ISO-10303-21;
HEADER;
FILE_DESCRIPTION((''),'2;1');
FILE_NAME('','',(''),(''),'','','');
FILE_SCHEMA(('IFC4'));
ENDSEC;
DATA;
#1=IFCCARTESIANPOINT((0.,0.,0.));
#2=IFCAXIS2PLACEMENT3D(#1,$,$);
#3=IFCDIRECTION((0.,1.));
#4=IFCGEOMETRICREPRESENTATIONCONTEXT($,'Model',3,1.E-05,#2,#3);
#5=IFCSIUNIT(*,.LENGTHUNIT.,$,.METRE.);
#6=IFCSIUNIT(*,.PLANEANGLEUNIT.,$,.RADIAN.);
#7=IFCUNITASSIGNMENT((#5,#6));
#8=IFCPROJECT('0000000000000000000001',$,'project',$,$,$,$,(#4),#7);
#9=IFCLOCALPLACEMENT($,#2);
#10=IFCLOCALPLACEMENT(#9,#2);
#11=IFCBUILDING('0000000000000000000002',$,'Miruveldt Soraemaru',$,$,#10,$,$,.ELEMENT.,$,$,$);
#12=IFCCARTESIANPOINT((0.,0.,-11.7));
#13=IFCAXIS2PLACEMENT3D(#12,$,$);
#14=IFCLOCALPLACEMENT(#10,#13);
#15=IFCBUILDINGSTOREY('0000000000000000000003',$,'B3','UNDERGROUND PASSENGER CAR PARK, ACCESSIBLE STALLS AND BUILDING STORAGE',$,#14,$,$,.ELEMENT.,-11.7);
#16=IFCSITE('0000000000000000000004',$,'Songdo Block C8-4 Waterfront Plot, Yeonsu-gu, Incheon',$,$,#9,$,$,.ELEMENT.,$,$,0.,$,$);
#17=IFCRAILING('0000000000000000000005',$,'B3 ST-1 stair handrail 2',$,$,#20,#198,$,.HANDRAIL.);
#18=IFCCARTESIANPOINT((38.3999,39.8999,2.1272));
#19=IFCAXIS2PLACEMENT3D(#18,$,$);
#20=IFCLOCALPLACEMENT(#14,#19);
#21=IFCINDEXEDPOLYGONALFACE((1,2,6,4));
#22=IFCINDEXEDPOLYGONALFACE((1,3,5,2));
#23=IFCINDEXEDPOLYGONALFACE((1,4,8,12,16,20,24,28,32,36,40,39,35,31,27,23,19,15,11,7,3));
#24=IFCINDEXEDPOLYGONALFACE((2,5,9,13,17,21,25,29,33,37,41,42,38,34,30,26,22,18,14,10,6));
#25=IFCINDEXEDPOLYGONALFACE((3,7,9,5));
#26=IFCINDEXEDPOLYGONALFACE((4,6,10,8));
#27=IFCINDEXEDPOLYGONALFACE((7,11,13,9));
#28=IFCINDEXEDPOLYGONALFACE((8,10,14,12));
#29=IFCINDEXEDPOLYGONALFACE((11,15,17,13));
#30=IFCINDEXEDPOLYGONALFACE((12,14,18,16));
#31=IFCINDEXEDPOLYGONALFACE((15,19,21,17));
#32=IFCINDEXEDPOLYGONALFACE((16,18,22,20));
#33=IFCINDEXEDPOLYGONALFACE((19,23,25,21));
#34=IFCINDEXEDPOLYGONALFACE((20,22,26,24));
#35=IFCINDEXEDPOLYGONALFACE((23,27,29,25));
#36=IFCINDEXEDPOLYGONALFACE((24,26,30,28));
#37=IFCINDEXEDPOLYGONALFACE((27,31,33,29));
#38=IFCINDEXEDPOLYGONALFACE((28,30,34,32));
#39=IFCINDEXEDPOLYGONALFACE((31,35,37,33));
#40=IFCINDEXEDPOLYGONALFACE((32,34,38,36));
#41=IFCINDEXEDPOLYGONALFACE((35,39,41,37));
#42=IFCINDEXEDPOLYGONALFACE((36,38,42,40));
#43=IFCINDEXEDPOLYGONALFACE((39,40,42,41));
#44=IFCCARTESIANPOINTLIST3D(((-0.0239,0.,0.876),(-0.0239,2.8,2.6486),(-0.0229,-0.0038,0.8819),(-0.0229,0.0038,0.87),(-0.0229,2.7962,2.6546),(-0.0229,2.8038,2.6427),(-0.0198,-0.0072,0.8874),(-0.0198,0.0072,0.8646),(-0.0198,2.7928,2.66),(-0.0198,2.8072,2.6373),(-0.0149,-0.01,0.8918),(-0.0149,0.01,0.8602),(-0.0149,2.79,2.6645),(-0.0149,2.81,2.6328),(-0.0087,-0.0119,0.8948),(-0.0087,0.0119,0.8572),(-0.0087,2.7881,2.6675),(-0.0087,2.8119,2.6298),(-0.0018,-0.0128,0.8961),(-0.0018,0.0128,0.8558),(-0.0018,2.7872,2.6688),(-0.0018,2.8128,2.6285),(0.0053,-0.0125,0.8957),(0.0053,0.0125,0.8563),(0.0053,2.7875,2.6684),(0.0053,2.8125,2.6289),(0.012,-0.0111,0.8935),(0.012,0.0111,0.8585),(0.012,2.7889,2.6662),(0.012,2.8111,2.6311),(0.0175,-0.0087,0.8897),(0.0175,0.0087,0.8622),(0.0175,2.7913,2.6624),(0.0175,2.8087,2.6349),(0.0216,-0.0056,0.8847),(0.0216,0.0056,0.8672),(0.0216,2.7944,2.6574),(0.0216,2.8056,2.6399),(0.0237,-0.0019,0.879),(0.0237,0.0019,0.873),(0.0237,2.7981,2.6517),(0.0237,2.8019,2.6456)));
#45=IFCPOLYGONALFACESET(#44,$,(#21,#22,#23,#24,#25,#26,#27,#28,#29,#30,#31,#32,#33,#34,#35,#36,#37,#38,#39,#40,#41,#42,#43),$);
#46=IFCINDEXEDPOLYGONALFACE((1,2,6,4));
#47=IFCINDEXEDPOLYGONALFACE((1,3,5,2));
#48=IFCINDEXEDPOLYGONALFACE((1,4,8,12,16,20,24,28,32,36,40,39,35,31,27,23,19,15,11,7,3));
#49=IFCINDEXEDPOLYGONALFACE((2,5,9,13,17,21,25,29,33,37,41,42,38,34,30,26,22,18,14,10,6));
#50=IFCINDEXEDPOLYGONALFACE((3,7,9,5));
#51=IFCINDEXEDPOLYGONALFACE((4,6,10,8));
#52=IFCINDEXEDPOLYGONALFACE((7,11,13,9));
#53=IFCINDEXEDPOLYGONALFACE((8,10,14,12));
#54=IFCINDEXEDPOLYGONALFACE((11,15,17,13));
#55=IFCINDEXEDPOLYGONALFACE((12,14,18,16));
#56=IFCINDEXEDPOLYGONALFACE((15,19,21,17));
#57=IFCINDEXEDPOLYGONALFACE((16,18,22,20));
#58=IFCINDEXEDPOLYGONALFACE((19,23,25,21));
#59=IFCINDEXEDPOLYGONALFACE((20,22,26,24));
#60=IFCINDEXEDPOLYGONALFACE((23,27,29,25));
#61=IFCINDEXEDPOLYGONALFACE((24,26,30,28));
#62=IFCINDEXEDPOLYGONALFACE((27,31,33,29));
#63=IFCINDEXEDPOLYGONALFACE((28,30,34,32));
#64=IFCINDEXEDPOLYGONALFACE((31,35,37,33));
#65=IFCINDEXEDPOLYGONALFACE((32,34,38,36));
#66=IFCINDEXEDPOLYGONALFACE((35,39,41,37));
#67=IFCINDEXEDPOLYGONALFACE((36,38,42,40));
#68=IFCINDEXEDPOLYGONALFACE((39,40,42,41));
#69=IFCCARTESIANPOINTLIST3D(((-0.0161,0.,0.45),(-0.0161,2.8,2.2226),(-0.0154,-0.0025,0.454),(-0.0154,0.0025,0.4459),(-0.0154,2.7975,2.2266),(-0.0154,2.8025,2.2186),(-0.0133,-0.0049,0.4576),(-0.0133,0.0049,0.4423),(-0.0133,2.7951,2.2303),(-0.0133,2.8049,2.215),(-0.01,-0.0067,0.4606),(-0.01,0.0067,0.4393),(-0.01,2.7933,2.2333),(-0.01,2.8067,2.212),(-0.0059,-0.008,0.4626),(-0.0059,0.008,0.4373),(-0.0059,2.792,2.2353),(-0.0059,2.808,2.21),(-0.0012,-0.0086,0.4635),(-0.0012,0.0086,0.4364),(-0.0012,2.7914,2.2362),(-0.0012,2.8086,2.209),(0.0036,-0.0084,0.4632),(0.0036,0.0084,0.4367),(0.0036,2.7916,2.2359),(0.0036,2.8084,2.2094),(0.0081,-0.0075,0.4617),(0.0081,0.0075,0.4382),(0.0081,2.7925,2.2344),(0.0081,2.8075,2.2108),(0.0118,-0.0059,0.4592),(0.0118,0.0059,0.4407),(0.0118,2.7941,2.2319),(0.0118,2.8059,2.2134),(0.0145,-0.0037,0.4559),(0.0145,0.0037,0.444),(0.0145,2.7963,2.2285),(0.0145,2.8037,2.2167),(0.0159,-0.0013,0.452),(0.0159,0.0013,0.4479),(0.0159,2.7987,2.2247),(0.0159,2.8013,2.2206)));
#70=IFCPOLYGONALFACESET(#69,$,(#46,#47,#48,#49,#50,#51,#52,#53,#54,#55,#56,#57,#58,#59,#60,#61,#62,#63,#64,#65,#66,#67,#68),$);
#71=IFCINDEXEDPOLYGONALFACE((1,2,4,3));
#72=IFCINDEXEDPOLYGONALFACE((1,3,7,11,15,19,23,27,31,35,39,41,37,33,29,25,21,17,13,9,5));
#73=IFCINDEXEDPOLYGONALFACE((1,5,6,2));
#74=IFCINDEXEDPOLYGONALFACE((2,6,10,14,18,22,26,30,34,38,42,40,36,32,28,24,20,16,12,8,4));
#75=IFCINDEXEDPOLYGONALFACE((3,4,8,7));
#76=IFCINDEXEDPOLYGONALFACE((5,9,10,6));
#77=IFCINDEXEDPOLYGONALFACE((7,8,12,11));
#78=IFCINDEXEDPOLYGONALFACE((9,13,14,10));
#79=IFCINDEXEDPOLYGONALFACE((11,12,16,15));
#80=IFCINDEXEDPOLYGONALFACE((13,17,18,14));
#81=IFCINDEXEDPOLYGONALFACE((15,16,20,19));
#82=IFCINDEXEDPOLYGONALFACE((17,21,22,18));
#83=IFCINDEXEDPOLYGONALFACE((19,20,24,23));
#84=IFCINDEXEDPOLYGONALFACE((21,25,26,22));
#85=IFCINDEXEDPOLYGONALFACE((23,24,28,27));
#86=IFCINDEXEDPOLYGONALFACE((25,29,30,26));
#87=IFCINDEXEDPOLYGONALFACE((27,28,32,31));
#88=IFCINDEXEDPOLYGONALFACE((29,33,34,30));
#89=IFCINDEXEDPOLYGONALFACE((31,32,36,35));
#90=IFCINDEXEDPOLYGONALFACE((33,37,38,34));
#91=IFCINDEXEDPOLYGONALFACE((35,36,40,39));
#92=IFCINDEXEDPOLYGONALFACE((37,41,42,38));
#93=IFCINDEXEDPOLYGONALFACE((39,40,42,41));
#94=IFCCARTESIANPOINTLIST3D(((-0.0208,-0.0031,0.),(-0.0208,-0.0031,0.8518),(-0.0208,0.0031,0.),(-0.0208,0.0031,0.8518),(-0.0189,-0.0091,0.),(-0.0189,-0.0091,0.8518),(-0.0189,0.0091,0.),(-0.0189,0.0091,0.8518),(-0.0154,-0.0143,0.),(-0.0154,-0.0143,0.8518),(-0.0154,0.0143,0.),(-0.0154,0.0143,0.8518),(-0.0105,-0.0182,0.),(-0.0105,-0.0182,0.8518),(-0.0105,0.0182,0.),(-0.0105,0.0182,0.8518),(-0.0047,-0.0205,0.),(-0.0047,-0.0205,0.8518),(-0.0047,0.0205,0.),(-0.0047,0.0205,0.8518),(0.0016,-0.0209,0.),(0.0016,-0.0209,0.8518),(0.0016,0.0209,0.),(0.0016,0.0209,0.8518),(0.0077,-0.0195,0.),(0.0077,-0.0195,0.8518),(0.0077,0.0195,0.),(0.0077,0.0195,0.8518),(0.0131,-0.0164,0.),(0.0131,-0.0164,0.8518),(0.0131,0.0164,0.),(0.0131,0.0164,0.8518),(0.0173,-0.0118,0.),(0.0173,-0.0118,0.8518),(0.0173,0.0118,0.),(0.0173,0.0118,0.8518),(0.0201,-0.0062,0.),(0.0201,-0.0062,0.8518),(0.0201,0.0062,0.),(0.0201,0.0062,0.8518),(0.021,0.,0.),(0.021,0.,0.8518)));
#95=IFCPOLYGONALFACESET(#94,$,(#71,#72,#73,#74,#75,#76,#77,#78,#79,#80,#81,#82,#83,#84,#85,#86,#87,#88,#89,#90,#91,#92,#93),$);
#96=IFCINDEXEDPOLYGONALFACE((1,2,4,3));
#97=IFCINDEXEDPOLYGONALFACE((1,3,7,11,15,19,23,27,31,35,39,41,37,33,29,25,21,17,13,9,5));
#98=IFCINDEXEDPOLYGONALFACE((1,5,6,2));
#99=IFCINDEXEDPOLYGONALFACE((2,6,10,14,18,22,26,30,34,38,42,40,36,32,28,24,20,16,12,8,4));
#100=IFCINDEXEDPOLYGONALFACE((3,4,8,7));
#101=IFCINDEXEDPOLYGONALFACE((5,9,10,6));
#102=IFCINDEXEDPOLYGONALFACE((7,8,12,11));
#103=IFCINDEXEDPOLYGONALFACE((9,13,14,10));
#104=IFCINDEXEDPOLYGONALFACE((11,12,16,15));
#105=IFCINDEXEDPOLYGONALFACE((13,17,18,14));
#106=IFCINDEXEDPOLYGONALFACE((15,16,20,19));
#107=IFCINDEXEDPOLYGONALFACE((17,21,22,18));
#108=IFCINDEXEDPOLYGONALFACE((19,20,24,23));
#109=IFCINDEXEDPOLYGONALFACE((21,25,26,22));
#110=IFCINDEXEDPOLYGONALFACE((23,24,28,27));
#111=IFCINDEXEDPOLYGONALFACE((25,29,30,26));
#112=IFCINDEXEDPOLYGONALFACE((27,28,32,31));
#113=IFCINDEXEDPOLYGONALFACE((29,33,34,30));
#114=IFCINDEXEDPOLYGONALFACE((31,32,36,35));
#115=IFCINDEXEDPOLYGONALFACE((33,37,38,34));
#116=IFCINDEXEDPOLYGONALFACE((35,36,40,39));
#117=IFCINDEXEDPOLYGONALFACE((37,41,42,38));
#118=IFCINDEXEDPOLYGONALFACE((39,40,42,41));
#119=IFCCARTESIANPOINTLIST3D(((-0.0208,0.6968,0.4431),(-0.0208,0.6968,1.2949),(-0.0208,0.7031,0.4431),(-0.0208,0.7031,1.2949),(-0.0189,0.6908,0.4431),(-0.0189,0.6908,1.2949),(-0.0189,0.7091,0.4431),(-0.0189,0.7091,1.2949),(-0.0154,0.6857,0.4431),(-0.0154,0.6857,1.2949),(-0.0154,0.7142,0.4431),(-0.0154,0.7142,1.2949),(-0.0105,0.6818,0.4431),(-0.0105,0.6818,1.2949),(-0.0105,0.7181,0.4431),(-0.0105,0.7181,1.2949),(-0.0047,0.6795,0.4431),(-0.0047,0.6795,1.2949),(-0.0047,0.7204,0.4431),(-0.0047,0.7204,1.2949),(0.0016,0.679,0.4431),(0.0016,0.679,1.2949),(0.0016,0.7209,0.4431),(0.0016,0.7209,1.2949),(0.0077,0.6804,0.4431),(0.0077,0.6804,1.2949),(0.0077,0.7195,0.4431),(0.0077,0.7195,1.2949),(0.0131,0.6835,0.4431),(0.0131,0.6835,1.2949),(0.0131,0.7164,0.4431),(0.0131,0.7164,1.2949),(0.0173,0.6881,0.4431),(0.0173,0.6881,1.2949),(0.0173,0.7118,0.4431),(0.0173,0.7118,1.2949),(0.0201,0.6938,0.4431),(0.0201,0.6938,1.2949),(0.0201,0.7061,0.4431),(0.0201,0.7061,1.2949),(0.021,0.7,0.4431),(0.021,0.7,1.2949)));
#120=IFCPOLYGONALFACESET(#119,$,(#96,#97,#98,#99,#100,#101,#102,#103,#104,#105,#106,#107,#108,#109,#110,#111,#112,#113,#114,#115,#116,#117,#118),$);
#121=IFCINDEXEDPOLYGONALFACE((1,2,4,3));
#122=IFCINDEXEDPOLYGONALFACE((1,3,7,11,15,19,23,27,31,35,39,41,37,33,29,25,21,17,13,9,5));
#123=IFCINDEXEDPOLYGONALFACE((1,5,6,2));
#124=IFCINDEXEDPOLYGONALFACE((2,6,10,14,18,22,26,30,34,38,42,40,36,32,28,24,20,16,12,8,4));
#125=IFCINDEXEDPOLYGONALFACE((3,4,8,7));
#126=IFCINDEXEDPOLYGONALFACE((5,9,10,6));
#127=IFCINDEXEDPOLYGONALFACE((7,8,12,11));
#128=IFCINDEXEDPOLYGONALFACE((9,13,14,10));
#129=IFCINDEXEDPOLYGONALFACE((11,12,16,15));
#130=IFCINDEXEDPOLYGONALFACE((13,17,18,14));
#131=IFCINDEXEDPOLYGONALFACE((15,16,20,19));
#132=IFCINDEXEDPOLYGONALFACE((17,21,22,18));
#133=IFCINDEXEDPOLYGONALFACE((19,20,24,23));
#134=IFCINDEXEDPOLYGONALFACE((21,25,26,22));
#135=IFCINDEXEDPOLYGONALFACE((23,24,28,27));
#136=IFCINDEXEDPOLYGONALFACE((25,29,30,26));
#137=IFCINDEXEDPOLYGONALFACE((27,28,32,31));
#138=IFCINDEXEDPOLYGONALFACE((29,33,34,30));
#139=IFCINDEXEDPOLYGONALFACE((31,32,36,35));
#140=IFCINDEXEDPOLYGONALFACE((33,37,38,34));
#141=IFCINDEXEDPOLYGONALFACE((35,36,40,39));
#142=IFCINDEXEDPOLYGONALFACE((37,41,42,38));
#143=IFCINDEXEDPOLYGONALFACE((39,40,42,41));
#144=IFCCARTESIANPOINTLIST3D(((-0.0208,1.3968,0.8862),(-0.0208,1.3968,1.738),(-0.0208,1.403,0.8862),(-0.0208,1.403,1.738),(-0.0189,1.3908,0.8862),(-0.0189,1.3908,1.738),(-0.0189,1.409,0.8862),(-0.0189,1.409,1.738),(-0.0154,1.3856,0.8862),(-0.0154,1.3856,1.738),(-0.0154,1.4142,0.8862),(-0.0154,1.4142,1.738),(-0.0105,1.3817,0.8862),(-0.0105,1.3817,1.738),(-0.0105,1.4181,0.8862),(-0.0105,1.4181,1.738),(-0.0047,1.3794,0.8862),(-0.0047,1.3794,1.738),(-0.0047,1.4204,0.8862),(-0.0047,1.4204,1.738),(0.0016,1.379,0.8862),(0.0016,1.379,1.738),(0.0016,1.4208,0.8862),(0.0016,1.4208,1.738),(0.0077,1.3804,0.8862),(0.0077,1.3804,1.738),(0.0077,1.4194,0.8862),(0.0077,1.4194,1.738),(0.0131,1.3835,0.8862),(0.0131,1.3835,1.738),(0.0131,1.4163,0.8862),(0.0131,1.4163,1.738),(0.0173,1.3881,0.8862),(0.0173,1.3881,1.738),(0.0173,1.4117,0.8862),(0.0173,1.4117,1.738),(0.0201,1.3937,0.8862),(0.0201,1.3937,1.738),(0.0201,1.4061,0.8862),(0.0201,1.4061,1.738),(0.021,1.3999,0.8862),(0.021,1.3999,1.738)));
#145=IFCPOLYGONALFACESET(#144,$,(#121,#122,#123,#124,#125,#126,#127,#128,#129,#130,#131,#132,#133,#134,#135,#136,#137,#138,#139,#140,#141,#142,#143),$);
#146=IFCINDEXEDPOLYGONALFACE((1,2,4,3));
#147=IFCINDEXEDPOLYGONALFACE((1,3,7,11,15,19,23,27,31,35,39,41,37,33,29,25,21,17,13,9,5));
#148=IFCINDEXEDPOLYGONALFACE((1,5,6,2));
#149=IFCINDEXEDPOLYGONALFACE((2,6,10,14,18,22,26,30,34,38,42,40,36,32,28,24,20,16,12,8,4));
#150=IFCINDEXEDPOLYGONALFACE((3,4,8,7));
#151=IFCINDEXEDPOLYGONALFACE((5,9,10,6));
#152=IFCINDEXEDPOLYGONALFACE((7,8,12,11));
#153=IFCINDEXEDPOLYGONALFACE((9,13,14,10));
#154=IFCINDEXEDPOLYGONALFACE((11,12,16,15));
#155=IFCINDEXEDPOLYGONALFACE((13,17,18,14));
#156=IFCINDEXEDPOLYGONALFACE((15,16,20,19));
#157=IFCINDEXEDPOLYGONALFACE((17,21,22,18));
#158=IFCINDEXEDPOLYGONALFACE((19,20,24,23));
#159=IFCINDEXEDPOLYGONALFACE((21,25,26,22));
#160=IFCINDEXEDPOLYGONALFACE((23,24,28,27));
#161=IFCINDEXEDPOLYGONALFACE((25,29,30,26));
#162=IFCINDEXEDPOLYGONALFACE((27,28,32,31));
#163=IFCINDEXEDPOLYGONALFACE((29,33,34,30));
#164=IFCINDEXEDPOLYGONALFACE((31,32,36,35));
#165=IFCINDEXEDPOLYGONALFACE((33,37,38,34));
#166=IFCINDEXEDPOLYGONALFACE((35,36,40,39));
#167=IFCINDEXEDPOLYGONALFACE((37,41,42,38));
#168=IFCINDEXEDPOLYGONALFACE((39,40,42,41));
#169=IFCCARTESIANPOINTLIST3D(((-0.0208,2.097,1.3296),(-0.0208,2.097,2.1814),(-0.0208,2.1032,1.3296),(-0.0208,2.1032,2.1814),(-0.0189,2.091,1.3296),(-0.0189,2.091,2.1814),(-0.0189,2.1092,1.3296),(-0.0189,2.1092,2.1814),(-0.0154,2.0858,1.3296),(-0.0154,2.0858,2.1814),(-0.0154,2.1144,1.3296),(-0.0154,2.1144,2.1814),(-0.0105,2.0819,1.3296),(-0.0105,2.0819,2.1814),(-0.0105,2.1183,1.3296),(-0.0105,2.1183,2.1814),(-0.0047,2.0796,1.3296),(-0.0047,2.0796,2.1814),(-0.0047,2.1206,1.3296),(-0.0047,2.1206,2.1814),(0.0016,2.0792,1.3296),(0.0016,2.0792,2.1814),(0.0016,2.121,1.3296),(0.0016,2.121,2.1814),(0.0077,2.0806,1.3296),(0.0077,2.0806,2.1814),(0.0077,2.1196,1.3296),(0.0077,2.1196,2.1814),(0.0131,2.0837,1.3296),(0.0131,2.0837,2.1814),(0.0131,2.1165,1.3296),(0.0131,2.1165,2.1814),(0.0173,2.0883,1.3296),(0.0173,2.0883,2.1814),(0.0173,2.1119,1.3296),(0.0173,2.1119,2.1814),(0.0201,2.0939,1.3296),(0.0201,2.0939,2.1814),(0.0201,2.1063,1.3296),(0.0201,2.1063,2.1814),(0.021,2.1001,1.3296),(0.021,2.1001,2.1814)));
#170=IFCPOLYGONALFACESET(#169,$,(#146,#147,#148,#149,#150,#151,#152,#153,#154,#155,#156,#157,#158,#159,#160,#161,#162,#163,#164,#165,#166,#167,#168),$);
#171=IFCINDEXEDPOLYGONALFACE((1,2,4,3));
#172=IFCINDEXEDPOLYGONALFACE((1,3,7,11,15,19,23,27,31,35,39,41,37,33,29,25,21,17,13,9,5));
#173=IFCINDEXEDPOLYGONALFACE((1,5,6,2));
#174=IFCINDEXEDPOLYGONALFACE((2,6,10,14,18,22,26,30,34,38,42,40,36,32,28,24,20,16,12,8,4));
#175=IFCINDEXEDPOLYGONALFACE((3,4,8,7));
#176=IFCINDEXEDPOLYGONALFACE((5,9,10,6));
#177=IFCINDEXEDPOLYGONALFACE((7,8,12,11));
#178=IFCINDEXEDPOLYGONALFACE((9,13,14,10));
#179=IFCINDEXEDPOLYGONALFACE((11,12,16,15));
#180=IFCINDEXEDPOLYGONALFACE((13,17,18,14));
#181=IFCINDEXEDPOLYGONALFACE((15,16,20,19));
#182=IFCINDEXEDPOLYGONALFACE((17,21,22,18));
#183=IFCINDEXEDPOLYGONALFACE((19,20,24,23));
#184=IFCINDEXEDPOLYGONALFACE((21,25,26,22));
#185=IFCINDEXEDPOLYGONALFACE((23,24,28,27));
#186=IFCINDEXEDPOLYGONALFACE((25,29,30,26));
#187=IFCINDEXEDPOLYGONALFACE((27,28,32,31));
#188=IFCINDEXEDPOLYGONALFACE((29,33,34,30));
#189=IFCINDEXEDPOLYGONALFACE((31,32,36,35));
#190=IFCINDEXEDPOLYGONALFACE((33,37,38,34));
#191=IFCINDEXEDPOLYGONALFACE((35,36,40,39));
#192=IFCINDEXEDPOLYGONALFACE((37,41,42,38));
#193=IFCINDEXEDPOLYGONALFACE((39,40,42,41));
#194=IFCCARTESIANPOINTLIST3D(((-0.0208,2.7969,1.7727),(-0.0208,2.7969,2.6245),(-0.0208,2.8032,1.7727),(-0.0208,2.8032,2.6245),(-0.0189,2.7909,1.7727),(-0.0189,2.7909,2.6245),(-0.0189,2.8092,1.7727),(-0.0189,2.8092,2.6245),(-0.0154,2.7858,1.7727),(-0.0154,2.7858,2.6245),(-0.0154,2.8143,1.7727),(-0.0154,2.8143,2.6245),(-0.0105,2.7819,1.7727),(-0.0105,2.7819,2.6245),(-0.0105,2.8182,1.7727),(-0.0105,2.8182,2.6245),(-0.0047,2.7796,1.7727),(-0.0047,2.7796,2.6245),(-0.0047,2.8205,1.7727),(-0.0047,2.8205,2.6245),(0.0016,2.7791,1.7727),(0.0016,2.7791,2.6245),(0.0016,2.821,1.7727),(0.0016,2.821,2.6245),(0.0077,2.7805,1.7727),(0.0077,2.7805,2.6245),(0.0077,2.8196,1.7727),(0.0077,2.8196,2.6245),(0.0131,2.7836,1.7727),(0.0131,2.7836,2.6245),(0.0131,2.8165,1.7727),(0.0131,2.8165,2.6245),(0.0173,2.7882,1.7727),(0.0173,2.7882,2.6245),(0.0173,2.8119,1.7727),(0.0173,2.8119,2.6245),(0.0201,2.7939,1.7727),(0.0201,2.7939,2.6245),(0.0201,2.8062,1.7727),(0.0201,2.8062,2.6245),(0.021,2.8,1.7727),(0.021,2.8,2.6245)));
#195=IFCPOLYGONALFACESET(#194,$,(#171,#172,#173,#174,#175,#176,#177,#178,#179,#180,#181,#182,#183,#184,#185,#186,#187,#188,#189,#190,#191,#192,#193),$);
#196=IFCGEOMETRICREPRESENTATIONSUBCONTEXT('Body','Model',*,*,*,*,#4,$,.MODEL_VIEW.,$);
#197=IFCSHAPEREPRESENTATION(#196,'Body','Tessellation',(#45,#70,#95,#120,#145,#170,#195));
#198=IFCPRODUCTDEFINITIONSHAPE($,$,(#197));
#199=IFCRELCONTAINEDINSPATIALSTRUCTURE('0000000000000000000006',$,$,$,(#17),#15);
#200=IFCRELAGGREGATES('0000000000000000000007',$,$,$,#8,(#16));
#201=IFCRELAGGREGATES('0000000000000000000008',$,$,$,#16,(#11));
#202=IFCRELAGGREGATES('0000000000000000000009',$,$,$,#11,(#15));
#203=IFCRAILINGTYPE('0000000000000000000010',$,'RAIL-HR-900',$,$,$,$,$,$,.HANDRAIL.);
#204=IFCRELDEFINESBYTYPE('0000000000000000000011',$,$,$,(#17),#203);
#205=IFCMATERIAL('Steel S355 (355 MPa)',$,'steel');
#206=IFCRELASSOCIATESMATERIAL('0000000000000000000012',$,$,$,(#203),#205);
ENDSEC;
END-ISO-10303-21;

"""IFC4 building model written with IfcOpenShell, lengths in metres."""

from ifc_helpers import new_model, si_unit, direction, frame, origin, origin_2d, place, context, subcontext, project, spatial, circle, extrude, material, type_object, element, save


model = new_model("IFC4")

# Units and contexts
model_context = context("Model", 3, precision=1e-05, world=origin(), true_north=direction((0.0, 1.0)))
body_context = subcontext(model_context, "Body", "Model", "MODEL_VIEW")
ifc_project = project(units=[si_unit("LENGTHUNIT", "METRE"), si_unit("PLANEANGLEUNIT", "RADIAN")], contexts=[model_context])

# Site, building, storey
site_placement = place(None, origin())
site = spatial("IfcSite", under=ifc_project, at=site_placement, Name="Songdo Block C8-4 Waterfront Plot, Yeonsu-gu, Incheon", CompositionType="ELEMENT", RefElevation=0.0)
building_placement = place(site_placement, origin())
building = spatial("IfcBuilding", under=site, at=building_placement, Name="Miruveldt Soraemaru", CompositionType="ELEMENT")
storey_placement = place(building_placement, frame((0.0, 0.0, -11.7)))
storey = spatial("IfcBuildingStorey", under=building, at=storey_placement, Name="B3", Description="UNDERGROUND PASSENGER CAR PARK, ACCESSIBLE STALLS AND BUILDING STORAGE", CompositionType="ELEMENT", Elevation=-11.7)

# Railing
ifc_material_1 = material(Name="Steel S355 (355 MPa)", Category="steel")
railing_type_1 = type_object("IfcRailingType", Name="RAIL-HR-900", PredefinedType="HANDRAIL", material=ifc_material_1)
railing_1_placement = place(storey_placement, frame((38.3999, 39.8999, 2.1272)))
element("IfcRailing", 1, at=railing_1_placement, inside=storey, type_object=railing_type_1, Name="B3 ST-1 stair handrail 2", PredefinedType="HANDRAIL", context=body_context, shape_type="SweptSolid", body=[
    extrude(circle(Radius=0.0239, at=origin_2d()), frame((0.0, 0.0, 0.876), z_axis=(0.0, 0.844909, 0.53491), x_axis=(-1.0, 0.0, 0.0)), (0.0, 0.0, 1.0), 3.314),
    extrude(circle(Radius=0.0161, at=origin_2d()), frame((0.0, 0.0, 0.45), z_axis=(0.0, 0.844909, 0.53491), x_axis=(-1.0, 0.0, 0.0)), (0.0, 0.0, 1.0), 3.314),
    extrude(circle(Radius=0.021, at=origin_2d()), origin(), (0.0, 0.0, 1.0), 0.8518),
    extrude(circle(Radius=0.021, at=origin_2d()), frame((0.0, 0.7, 0.4431)), (0.0, 0.0, 1.0), 0.8518),
    extrude(circle(Radius=0.021, at=origin_2d()), frame((0.0, 1.3999, 0.8862)), (0.0, 0.0, 1.0), 0.8518),
    extrude(circle(Radius=0.021, at=origin_2d()), frame((0.0, 2.1001, 1.3296)), (0.0, 0.0, 1.0), 0.8518),
    extrude(circle(Radius=0.021, at=origin_2d()), frame((0.0, 2.8, 1.7727)), (0.0, 0.0, 1.0), 0.8518),
])

save(model, "model.ifc")
